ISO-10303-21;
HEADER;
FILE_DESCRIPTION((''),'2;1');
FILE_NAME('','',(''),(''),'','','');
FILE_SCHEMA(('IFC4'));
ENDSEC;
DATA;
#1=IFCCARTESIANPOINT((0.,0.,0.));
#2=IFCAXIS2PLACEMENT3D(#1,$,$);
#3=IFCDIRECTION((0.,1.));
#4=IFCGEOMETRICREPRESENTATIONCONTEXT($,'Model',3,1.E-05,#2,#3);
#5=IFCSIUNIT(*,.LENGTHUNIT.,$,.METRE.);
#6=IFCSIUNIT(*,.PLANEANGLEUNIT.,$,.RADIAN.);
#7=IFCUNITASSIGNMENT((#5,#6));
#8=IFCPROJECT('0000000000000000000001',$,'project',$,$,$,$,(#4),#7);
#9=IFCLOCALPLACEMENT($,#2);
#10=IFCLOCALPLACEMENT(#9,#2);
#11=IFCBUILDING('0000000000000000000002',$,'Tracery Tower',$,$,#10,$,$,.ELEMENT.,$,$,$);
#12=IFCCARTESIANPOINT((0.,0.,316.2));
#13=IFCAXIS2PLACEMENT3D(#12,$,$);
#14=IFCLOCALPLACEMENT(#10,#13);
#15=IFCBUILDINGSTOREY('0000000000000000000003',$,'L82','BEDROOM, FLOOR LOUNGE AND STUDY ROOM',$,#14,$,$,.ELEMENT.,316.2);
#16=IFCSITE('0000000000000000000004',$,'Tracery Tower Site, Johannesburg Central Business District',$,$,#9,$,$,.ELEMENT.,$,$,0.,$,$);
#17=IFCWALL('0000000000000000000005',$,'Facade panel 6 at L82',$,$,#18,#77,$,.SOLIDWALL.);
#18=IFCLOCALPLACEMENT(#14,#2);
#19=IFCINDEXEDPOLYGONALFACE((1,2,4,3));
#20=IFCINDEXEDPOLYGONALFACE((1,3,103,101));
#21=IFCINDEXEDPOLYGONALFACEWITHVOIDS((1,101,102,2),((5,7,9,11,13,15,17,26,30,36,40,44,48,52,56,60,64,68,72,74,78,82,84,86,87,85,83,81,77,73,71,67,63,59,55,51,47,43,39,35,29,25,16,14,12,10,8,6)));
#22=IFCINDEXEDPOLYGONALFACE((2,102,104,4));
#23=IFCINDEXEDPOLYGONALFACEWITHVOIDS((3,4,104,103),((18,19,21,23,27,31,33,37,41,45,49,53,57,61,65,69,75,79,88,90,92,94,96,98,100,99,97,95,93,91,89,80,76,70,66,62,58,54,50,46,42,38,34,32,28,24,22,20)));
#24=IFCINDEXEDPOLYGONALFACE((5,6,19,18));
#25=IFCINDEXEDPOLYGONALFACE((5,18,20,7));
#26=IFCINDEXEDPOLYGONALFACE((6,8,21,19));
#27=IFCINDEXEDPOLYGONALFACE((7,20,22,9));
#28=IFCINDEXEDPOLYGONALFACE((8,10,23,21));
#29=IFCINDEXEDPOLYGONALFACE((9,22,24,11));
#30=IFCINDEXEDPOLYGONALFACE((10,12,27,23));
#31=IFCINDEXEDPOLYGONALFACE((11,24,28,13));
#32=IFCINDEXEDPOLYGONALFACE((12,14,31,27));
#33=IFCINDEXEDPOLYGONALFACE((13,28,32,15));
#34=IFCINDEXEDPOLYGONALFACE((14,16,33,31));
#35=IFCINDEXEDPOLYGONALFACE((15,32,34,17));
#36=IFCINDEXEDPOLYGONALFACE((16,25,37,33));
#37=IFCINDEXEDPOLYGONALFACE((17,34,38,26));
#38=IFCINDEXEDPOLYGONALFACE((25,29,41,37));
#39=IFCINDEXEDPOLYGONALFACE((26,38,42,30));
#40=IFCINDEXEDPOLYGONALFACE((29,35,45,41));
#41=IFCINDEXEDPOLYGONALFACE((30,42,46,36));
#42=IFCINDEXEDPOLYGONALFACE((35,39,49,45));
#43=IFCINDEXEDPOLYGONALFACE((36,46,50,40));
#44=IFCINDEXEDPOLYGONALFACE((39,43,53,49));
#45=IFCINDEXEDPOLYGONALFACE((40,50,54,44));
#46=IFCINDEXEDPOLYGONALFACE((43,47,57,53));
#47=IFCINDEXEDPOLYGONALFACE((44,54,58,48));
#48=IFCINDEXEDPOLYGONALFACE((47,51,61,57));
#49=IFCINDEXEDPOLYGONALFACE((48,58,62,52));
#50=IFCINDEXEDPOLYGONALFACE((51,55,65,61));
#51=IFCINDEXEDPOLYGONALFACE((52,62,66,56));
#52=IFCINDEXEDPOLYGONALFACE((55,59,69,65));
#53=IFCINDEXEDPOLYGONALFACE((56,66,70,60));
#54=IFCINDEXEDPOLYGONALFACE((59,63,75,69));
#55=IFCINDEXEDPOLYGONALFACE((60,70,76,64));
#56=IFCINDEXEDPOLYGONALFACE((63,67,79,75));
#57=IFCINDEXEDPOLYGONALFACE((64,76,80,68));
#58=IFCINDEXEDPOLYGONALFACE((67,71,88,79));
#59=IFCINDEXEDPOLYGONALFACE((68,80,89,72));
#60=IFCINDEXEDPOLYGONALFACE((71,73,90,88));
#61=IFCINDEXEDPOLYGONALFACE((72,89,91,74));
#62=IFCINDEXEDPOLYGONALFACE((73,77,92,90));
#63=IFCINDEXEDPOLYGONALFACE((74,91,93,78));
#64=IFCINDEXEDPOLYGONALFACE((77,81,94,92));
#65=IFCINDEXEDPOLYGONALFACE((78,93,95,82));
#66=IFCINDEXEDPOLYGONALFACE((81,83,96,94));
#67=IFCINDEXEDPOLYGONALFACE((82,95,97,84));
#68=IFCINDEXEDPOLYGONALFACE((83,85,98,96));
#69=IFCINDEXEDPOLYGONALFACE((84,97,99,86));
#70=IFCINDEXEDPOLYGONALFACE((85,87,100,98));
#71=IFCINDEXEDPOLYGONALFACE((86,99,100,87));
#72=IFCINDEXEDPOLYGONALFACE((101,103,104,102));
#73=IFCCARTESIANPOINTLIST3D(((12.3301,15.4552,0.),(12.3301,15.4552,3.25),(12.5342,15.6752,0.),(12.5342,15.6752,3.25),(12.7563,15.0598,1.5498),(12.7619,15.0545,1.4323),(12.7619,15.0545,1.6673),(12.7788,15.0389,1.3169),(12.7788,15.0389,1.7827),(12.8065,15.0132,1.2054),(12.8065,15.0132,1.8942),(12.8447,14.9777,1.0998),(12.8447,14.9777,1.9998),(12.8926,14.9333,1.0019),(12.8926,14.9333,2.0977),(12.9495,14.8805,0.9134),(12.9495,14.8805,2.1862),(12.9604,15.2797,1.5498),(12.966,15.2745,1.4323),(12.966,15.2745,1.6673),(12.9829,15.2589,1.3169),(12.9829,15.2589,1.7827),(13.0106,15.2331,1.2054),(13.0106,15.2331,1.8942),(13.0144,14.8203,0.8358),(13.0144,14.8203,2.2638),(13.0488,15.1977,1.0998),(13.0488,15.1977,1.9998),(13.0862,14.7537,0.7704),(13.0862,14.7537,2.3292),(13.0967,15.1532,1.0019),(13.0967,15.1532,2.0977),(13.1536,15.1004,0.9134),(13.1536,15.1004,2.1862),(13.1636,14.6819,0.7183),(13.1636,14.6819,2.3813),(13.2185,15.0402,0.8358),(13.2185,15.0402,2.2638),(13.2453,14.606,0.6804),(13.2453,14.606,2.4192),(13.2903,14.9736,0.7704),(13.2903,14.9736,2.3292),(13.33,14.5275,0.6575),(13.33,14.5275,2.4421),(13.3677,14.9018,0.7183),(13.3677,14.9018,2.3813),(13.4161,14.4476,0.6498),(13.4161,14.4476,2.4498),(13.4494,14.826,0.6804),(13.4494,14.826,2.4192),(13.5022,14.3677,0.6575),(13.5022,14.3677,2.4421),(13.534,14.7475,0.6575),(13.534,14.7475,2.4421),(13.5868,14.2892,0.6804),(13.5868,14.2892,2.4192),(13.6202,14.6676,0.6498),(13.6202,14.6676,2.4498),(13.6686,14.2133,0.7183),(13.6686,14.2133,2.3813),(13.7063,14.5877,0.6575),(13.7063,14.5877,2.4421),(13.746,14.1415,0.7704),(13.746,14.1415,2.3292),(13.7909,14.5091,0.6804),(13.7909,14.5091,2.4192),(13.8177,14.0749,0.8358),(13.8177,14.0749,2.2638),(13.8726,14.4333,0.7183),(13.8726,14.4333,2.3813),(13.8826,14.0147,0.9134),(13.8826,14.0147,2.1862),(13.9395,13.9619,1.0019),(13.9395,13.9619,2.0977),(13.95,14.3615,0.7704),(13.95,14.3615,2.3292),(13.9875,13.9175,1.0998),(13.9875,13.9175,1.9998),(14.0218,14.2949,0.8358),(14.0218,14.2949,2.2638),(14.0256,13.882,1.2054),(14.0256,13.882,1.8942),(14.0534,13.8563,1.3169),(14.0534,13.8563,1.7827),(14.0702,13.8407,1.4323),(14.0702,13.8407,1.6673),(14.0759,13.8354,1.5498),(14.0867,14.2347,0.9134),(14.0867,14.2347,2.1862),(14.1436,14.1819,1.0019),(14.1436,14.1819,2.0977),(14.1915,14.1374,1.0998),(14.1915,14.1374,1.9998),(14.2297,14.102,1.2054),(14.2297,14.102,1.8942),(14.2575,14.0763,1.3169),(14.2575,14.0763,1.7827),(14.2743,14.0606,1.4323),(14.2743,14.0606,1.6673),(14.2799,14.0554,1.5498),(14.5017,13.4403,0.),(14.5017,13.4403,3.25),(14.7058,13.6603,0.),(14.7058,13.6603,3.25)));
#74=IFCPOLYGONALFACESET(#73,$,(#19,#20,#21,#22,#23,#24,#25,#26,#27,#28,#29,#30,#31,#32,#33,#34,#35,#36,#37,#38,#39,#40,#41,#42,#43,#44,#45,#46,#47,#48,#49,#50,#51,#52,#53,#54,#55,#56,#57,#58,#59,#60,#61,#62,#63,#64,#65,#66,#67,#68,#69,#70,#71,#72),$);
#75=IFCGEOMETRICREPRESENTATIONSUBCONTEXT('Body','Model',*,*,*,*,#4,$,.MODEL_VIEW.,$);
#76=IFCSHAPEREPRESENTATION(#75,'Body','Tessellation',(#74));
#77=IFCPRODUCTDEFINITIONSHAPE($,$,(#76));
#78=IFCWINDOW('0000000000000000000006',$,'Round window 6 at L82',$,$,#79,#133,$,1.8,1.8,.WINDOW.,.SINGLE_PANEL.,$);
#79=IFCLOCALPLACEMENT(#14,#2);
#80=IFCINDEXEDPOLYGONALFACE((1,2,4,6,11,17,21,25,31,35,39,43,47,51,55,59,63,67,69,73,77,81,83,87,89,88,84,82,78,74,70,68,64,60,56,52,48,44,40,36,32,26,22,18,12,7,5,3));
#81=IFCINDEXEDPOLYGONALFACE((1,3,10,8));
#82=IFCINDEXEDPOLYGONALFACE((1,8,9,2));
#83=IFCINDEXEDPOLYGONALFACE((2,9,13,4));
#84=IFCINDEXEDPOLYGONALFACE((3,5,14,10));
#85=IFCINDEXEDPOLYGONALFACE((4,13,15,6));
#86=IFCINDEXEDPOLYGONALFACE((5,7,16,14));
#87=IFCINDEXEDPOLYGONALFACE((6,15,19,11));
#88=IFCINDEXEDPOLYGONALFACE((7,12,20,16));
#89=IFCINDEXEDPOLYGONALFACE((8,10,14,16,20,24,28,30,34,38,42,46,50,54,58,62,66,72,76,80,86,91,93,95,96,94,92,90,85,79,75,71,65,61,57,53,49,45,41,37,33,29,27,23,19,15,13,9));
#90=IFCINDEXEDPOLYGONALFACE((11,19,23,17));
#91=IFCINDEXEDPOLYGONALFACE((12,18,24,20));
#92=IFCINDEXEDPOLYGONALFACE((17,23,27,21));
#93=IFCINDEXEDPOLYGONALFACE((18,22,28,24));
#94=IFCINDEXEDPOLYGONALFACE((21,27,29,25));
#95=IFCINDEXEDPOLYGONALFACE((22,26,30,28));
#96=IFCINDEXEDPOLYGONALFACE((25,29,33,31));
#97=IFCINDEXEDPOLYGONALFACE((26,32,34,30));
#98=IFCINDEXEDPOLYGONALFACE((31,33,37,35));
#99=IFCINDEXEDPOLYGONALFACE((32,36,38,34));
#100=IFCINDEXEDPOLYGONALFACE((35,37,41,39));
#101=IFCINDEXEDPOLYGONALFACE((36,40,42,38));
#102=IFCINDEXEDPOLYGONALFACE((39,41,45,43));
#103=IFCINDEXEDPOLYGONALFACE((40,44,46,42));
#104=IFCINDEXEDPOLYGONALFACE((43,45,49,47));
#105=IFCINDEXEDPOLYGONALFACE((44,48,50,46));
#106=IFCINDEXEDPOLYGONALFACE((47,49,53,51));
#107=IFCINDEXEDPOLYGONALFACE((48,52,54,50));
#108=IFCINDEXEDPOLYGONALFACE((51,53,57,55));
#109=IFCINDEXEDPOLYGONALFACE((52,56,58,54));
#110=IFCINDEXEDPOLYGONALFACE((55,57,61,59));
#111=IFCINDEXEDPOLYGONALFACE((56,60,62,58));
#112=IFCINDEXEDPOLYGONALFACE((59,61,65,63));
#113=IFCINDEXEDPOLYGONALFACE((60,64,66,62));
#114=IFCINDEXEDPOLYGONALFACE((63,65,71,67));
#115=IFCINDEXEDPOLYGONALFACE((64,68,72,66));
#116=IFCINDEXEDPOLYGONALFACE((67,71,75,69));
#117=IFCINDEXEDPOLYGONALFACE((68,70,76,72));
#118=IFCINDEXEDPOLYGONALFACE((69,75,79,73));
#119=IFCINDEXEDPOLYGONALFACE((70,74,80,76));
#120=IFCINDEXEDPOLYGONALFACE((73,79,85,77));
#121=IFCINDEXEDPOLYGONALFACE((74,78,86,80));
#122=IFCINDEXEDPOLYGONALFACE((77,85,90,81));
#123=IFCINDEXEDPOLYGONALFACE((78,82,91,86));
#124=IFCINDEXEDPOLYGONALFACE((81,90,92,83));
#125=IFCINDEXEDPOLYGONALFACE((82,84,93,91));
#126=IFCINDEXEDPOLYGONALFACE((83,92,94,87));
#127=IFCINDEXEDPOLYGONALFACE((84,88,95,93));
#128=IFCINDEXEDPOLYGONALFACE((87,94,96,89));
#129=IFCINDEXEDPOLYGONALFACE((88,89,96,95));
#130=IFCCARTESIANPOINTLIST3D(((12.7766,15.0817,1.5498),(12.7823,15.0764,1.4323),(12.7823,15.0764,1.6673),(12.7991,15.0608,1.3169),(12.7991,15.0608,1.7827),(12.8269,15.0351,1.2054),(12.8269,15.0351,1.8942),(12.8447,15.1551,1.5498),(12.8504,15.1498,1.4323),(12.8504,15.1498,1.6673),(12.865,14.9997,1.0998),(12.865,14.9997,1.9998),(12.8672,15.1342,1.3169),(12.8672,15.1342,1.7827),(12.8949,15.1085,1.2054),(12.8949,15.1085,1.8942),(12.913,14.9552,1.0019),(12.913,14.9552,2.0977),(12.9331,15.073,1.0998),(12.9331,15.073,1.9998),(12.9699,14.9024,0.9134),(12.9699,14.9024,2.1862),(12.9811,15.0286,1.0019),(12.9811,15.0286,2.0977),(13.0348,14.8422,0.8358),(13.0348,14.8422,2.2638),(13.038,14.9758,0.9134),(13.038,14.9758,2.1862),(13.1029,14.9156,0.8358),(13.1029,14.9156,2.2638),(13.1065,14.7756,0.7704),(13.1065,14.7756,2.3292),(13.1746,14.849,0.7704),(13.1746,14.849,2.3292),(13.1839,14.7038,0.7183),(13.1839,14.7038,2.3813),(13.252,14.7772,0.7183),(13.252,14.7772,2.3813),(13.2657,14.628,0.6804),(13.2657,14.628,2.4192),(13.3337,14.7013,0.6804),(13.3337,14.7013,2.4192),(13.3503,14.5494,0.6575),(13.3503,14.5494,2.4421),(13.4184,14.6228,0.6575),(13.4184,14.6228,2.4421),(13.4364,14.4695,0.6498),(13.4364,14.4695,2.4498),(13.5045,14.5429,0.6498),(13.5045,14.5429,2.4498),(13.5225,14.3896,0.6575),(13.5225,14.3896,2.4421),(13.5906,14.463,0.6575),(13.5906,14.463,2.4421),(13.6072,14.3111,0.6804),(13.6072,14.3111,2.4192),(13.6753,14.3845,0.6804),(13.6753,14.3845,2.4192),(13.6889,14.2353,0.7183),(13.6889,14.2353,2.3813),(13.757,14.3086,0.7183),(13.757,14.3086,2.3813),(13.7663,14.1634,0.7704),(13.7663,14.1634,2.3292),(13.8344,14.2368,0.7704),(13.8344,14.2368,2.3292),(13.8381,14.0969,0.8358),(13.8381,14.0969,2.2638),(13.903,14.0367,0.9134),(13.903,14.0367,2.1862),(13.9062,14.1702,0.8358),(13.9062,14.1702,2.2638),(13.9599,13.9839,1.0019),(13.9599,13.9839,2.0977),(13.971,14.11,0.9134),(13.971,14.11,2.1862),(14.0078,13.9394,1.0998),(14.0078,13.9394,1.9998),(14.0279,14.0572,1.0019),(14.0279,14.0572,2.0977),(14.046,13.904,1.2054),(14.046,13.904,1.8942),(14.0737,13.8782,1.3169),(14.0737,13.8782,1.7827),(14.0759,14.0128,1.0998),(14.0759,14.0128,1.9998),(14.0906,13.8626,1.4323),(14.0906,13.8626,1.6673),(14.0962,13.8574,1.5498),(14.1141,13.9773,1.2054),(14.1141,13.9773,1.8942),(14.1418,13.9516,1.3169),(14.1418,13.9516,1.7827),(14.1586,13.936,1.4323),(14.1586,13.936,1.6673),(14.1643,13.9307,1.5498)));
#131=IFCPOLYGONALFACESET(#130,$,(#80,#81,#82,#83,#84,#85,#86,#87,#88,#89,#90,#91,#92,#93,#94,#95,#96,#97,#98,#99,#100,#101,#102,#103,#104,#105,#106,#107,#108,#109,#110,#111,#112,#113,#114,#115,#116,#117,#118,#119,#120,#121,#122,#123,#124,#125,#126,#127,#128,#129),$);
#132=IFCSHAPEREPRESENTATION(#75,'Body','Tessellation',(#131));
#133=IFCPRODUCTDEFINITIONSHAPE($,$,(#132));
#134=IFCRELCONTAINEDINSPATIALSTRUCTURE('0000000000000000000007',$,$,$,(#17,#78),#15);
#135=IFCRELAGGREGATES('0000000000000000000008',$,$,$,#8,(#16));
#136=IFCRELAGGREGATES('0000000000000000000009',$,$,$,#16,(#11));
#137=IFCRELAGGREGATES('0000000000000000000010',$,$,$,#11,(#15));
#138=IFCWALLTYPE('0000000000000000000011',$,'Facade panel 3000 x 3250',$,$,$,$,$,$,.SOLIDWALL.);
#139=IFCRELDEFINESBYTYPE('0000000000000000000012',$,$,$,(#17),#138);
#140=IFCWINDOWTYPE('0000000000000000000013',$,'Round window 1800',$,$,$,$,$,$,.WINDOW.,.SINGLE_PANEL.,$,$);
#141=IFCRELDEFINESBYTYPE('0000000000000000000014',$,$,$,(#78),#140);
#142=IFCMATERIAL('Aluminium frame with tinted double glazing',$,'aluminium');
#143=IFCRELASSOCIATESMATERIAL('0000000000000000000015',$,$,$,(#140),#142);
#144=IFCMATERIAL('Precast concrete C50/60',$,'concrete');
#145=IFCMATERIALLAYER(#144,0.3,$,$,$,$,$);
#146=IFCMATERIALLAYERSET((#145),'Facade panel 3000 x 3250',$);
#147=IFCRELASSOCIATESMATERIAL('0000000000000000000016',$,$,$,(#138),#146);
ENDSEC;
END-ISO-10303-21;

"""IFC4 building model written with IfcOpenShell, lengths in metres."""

from ifc_helpers import new_model, si_unit, direction, frame, frame_2d, origin, origin_2d, place, context, subcontext, project, spatial, rectangle, circle, extrude, material, layer, layer_set, type_object, element, fill, save


model = new_model("IFC4")

# Units and contexts
model_context = context("Model", 3, precision=1e-05, world=origin(), true_north=direction((0.0, 1.0)))
body_context = subcontext(model_context, "Body", "Model", "MODEL_VIEW")
ifc_project = project(units=[si_unit("LENGTHUNIT", "METRE"), si_unit("PLANEANGLEUNIT", "RADIAN")], contexts=[model_context])

# Site, building, storey
site_placement = place(None, origin())
site = spatial("IfcSite", under=ifc_project, at=site_placement, Name="Tracery Tower Site, Johannesburg Central Business District", CompositionType="ELEMENT", RefElevation=0.0)
building_placement = place(site_placement, origin())
building = spatial("IfcBuilding", under=site, at=building_placement, Name="Tracery Tower", CompositionType="ELEMENT")
storey_placement = place(building_placement, frame((0.0, 0.0, 316.2)))
storey = spatial("IfcBuildingStorey", under=building, at=storey_placement, Name="L82", Description="BEDROOM, FLOOR LOUNGE AND STUDY ROOM", CompositionType="ELEMENT", Elevation=316.2)

# Wall, opening, window
ifc_material_1 = material(Name="Aluminium frame with tinted double glazing", Category="aluminium")
window_type = type_object("IfcWindowType", Name="Round window 1800", PartitioningType="SINGLE_PANEL", PredefinedType="WINDOW", material=ifc_material_1)
ifc_material_2 = material(Name="Precast concrete C50/60", Category="concrete")
ifc_layer_1 = layer(ifc_material_2, 0.3)
ifc_layer_set_1 = layer_set([ifc_layer_1], Name="Facade panel 3000 x 3250")
wall_type_1 = type_object("IfcWallType", Name="Facade panel 3000 x 3250", PredefinedType="SOLIDWALL", material=ifc_layer_set_1)
wall_1_placement = place(storey_placement, frame((14.6038, 13.5503, 0.0), z_axis=(0.0, 0.0, 1.0), x_axis=(-0.733066, 0.680157, 0.0)))
wall_1 = element("IfcWall", 1, at=wall_1_placement, inside=storey, type_object=wall_type_1, Name="Facade panel 6 at L82", PredefinedType="SOLIDWALL", context=body_context, shape_type="SweptSolid", body=[
    extrude(rectangle(XDim=2.9624, YDim=0.3, at=frame_2d((1.4812, 0.0))), origin(), (0.0, 0.0, 1.0), 3.25),
])
opening_1_placement = place(wall_1_placement, frame((1.481, 0.0, 1.5498)))
opening_1 = element("IfcOpeningElement", 2, at=opening_1_placement, cuts=wall_1, PredefinedType="OPENING", context=body_context, shape_type="SweptSolid", body=[
    extrude(circle(Radius=0.9, at=origin_2d()), frame((0.0, 0.1599, 0.0), z_axis=(0.0, -1.0, 0.0), x_axis=(1.0, 0.0, 0.0)), (0.0, 0.0, 1.0), 0.3201),
])
window_1_placement = place(opening_1_placement, origin())
window_1 = element("IfcWindow", 3, at=window_1_placement, inside=storey, type_object=window_type, Name="Round window 6 at L82", OverallHeight=1.8, OverallWidth=1.8, PartitioningType="SINGLE_PANEL", PredefinedType="WINDOW", context=body_context, shape_type="SweptSolid", body=[
    extrude(circle(Radius=0.9, at=origin_2d()), frame((0.0, 0.1201, 0.0), z_axis=(0.0, -1.0, 0.0), x_axis=(1.0, 0.0, 0.0)), (0.0, 0.0, 1.0), 0.1001),
])
fill(opening_1, window_1)

save(model, "model.ifc")
